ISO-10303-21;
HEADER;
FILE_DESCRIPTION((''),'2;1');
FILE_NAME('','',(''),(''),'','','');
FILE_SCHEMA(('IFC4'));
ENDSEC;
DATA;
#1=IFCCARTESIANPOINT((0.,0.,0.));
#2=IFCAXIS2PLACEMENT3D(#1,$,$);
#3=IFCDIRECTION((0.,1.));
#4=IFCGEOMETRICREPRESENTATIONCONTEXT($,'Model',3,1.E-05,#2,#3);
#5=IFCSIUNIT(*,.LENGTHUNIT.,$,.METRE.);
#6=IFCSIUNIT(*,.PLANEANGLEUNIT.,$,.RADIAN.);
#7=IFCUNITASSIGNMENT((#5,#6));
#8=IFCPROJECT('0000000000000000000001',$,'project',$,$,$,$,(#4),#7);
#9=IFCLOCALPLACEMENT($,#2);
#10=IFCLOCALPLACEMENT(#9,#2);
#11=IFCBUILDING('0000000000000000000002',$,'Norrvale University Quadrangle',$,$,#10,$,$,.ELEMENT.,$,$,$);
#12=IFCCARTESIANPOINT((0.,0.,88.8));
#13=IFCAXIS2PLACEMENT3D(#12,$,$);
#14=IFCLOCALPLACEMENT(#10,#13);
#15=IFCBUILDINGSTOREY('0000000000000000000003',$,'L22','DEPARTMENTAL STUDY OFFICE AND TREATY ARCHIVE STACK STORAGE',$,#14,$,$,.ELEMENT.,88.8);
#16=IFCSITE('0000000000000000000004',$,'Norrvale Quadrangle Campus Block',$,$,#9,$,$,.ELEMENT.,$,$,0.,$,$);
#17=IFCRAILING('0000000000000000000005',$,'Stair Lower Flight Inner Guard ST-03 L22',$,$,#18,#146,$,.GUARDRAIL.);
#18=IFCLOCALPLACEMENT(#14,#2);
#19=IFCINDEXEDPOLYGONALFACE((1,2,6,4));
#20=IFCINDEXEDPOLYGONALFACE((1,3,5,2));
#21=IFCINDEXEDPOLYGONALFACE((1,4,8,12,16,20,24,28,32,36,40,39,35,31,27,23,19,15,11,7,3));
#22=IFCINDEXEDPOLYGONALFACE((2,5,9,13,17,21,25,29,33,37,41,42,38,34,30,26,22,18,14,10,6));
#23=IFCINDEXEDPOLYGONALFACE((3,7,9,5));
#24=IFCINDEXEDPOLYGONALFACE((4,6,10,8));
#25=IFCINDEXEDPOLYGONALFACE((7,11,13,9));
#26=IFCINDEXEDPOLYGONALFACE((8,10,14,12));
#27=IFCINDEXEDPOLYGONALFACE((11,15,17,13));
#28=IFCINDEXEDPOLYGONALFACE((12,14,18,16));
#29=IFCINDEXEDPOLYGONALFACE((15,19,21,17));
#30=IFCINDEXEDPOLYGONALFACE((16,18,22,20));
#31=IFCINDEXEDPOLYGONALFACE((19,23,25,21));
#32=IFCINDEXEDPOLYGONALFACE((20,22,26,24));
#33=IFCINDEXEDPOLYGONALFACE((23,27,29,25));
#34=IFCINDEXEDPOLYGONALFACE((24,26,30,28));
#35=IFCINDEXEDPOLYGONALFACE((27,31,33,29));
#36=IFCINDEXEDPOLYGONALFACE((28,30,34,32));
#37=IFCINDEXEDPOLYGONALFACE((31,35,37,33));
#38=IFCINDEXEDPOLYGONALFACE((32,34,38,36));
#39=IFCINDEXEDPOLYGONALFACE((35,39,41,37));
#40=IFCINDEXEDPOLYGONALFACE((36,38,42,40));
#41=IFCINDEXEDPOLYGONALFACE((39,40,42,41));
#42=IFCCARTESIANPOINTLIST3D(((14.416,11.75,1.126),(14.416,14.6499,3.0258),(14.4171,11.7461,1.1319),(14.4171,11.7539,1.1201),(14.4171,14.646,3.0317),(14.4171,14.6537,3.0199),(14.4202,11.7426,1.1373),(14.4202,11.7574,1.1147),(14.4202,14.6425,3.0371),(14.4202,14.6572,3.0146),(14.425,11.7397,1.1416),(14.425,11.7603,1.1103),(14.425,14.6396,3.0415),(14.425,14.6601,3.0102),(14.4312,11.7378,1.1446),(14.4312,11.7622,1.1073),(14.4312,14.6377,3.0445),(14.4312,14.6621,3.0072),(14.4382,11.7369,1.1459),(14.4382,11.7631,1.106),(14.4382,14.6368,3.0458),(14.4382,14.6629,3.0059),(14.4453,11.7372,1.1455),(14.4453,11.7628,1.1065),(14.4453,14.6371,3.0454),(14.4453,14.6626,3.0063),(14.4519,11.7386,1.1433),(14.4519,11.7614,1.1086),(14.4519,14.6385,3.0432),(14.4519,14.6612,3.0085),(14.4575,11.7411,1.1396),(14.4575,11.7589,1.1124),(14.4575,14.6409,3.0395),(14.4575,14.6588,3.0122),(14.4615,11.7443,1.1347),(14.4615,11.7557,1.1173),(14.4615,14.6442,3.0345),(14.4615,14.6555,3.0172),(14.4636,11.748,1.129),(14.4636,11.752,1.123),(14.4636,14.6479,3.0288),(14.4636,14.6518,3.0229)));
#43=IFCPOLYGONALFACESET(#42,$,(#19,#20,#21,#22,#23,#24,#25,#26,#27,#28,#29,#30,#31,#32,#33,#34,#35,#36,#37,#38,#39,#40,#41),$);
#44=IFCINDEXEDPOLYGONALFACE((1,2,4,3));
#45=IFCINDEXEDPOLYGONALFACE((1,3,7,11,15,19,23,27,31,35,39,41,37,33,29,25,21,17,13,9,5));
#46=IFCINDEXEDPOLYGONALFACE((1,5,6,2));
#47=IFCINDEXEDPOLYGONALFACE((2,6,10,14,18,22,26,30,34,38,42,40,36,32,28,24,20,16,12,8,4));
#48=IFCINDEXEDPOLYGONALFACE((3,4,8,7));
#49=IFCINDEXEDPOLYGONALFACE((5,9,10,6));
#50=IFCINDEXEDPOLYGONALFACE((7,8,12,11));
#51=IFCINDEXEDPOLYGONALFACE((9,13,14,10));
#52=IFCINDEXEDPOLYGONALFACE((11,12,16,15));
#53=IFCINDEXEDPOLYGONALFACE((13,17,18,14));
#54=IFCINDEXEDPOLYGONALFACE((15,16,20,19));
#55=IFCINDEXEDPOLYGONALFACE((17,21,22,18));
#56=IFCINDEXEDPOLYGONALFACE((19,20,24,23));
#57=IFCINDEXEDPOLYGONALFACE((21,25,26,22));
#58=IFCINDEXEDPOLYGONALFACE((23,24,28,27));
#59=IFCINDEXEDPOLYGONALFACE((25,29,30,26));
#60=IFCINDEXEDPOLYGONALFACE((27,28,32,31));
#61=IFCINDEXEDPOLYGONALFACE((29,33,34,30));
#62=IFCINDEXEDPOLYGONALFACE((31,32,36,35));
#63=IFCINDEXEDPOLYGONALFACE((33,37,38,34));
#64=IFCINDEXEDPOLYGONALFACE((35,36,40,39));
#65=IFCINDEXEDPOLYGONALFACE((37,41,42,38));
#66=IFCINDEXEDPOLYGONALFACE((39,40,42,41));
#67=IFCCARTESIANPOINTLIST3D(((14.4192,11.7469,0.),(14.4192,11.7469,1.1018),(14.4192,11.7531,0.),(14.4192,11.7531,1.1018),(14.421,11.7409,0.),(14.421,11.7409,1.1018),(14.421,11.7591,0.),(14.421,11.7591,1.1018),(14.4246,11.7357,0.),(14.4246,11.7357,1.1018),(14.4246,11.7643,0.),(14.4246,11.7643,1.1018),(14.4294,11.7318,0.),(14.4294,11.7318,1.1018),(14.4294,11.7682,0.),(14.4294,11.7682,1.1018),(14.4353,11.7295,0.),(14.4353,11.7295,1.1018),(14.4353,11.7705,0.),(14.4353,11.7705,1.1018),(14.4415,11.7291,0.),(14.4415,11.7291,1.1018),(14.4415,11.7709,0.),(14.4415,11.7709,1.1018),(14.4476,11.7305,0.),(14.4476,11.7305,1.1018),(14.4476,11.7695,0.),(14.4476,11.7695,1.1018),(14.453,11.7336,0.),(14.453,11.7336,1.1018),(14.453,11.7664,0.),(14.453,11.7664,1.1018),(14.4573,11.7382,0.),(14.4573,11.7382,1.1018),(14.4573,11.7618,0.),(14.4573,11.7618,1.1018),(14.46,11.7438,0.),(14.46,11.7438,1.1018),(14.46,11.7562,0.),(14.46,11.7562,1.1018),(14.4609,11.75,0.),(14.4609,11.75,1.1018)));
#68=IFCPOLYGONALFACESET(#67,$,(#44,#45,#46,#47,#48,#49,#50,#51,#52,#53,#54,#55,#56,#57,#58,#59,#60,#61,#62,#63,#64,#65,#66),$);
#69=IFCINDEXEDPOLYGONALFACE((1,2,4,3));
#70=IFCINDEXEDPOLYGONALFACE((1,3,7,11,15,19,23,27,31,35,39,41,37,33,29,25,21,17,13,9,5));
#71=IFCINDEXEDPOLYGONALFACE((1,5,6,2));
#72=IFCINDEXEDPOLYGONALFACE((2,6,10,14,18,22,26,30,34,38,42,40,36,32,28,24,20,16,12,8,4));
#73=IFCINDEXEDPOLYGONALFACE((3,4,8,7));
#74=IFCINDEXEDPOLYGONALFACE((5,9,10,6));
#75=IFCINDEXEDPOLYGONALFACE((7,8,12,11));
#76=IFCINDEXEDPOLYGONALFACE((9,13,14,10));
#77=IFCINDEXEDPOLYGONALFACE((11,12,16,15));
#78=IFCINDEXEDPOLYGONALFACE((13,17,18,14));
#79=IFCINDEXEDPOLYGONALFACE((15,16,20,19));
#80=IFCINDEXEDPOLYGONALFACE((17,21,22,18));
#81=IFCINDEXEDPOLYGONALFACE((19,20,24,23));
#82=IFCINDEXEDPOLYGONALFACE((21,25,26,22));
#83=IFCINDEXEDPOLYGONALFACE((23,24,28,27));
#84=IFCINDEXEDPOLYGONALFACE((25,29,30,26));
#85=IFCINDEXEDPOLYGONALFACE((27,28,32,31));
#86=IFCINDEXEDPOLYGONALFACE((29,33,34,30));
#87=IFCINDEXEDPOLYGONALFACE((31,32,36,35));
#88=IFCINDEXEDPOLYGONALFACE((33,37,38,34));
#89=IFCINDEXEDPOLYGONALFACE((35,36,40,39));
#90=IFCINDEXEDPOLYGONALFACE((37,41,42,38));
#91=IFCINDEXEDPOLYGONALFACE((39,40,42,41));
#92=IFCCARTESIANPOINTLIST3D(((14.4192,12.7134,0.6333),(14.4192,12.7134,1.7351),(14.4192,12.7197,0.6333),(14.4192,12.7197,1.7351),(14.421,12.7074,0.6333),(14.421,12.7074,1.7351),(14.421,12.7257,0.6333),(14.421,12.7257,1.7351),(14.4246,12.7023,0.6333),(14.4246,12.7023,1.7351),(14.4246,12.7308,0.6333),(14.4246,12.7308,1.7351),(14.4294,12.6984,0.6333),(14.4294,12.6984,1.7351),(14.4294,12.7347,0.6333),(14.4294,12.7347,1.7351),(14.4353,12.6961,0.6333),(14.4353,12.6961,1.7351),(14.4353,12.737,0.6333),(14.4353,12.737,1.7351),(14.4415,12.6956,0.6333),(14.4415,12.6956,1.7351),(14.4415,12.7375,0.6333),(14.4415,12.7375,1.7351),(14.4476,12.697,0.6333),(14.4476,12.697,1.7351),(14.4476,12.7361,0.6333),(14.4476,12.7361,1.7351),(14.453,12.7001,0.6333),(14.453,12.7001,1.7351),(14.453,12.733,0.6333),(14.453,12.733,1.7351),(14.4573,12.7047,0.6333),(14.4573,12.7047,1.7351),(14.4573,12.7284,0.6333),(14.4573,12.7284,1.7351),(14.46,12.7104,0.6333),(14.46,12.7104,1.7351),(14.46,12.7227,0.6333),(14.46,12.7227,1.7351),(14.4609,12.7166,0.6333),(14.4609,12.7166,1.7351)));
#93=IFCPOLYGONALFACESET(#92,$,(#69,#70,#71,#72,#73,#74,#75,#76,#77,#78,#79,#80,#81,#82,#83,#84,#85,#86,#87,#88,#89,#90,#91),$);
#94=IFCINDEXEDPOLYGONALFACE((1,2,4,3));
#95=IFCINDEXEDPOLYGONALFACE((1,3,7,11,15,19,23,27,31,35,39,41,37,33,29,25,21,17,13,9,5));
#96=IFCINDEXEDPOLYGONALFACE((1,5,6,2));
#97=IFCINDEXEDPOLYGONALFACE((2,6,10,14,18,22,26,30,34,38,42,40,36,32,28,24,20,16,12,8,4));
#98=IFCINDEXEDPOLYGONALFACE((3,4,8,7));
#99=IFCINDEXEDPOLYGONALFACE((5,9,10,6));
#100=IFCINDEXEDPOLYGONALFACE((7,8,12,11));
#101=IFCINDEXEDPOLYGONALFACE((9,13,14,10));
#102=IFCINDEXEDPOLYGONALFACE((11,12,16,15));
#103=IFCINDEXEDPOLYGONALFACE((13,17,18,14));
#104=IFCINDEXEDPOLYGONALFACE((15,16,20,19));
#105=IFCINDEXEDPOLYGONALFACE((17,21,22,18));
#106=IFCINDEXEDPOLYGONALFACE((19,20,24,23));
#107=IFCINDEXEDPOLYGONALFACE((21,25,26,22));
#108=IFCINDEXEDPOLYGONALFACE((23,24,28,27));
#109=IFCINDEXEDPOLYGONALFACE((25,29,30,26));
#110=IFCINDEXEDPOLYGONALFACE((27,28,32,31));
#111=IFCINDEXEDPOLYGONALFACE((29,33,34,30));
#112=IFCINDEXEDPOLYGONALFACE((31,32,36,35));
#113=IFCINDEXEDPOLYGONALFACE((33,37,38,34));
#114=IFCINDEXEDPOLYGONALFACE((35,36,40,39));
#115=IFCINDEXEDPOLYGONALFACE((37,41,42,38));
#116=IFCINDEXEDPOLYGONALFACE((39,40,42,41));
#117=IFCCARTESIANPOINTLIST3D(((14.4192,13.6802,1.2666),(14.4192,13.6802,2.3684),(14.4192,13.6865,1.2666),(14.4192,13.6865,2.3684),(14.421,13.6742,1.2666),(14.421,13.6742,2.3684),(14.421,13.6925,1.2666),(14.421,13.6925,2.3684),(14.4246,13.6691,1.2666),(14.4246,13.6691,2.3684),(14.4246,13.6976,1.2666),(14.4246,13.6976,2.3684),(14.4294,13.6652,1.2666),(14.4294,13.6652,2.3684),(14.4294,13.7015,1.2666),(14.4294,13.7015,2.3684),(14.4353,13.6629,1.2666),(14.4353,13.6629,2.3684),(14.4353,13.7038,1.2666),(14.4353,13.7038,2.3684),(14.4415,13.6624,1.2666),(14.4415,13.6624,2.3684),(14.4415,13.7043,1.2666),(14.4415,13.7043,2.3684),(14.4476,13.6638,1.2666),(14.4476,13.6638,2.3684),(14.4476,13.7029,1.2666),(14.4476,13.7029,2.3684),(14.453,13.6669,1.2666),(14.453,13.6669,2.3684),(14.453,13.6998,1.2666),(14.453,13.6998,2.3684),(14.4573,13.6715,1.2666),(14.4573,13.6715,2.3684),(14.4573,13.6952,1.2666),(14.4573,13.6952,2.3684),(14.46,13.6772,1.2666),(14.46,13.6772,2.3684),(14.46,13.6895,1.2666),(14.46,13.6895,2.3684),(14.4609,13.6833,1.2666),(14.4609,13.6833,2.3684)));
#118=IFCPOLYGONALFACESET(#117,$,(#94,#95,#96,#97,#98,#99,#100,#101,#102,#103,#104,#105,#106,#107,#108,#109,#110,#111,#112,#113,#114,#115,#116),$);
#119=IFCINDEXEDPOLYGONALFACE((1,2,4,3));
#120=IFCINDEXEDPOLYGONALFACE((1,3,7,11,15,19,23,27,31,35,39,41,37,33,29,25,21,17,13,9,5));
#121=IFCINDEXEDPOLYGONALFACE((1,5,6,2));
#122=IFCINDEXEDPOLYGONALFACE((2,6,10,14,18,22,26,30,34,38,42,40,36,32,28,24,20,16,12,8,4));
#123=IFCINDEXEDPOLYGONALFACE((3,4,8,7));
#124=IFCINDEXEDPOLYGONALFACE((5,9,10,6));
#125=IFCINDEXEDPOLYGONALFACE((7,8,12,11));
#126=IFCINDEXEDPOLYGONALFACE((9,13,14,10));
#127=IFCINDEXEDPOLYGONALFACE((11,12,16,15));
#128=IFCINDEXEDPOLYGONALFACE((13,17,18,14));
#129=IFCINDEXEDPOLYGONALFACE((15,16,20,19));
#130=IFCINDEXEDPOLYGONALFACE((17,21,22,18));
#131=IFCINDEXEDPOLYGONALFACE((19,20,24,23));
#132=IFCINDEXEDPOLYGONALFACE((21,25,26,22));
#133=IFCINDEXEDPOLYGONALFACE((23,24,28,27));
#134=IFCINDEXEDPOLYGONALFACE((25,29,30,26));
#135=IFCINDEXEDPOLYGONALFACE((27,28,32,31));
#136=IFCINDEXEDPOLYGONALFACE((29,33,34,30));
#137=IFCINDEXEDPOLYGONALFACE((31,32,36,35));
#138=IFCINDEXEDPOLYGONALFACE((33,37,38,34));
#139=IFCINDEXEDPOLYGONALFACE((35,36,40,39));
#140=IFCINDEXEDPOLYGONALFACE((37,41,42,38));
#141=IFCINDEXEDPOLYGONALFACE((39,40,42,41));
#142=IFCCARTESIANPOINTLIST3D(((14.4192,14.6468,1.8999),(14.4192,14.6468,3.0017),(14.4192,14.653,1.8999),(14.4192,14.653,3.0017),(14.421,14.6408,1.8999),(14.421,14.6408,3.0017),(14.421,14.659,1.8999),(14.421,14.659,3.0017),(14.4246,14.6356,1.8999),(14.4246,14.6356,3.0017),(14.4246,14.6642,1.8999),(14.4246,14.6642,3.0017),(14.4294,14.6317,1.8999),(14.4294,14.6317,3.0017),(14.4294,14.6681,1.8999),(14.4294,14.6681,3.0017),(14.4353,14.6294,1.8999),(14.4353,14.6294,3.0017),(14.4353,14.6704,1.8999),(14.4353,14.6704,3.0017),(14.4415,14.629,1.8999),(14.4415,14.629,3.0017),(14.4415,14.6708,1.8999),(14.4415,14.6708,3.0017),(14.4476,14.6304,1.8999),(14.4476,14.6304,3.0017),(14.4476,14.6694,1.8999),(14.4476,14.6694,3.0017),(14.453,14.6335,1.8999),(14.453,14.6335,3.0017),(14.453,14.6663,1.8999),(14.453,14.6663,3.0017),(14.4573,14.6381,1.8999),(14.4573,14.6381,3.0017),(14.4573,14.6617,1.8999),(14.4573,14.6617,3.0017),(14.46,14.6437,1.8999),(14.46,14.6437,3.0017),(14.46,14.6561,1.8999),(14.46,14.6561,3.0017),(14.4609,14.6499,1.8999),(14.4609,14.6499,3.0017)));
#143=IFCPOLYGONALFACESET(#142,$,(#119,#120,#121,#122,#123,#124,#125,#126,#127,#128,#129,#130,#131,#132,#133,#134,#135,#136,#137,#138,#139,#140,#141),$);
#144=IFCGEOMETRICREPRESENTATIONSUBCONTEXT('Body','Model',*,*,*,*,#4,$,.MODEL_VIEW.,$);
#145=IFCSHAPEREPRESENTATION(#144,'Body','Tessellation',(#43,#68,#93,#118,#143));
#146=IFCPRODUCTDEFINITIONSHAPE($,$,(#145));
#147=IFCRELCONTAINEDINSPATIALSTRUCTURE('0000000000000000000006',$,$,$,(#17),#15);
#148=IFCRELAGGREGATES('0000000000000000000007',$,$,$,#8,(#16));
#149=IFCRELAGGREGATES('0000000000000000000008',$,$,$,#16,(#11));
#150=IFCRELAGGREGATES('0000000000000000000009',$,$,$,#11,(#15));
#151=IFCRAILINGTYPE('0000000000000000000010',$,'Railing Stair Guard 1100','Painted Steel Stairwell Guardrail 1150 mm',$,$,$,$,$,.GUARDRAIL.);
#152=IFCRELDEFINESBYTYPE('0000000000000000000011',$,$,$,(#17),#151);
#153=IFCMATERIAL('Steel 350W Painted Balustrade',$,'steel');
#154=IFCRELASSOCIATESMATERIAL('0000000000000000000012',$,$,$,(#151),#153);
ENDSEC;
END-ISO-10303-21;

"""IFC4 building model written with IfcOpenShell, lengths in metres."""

from ifc_helpers import new_model, si_unit, direction, frame, origin, origin_2d, place, context, subcontext, project, spatial, circle, extrude, material, type_object, element, save


model = new_model("IFC4")

# Units and contexts
model_context = context("Model", 3, precision=1e-05, world=origin(), true_north=direction((0.0, 1.0)))
body_context = subcontext(model_context, "Body", "Model", "MODEL_VIEW")
ifc_project = project(units=[si_unit("LENGTHUNIT", "METRE"), si_unit("PLANEANGLEUNIT", "RADIAN")], contexts=[model_context])

# Site, building, storey
site_placement = place(None, origin())
site = spatial("IfcSite", under=ifc_project, at=site_placement, Name="Norrvale Quadrangle Campus Block", CompositionType="ELEMENT", RefElevation=0.0)
building_placement = place(site_placement, origin())
building = spatial("IfcBuilding", under=site, at=building_placement, Name="Norrvale University Quadrangle", CompositionType="ELEMENT")
storey_placement = place(building_placement, frame((0.0, 0.0, 88.8)))
storey = spatial("IfcBuildingStorey", under=building, at=storey_placement, Name="L22", Description="DEPARTMENTAL STUDY OFFICE AND TREATY ARCHIVE STACK STORAGE", CompositionType="ELEMENT", Elevation=88.8)

# Railing
ifc_material_1 = material(Name="Steel 350W Painted Balustrade", Category="steel")
railing_type_1 = type_object("IfcRailingType", Name="Railing Stair Guard 1100", Description="Painted Steel Stairwell Guardrail 1150 mm", PredefinedType="GUARDRAIL", material=ifc_material_1)
railing_1_placement = place(storey_placement, frame((14.4399, 11.75, 0.0)))
element("IfcRailing", 1, at=railing_1_placement, inside=storey, type_object=railing_type_1, Name="Stair Lower Flight Inner Guard ST-03 L22", PredefinedType="GUARDRAIL", context=body_context, shape_type="SweptSolid", body=[
    extrude(circle(Radius=0.0239, at=origin_2d()), frame((0.0, 0.0, 1.126), z_axis=(0.0, 0.836466, 0.548019), x_axis=(-1.0, 0.0, 0.0)), (0.0, 0.0, 1.0), 3.4668),
    extrude(circle(Radius=0.021, at=origin_2d()), origin(), (0.0, 0.0, 1.0), 1.1018),
    extrude(circle(Radius=0.021, at=origin_2d()), frame((0.0, 0.9666, 0.6333)), (0.0, 0.0, 1.0), 1.1018),
    extrude(circle(Radius=0.021, at=origin_2d()), frame((0.0, 1.9333, 1.2666)), (0.0, 0.0, 1.0), 1.1018),
    extrude(circle(Radius=0.021, at=origin_2d()), frame((0.0, 2.8999, 1.8999)), (0.0, 0.0, 1.0), 1.1018),
])

save(model, "model.ifc")
